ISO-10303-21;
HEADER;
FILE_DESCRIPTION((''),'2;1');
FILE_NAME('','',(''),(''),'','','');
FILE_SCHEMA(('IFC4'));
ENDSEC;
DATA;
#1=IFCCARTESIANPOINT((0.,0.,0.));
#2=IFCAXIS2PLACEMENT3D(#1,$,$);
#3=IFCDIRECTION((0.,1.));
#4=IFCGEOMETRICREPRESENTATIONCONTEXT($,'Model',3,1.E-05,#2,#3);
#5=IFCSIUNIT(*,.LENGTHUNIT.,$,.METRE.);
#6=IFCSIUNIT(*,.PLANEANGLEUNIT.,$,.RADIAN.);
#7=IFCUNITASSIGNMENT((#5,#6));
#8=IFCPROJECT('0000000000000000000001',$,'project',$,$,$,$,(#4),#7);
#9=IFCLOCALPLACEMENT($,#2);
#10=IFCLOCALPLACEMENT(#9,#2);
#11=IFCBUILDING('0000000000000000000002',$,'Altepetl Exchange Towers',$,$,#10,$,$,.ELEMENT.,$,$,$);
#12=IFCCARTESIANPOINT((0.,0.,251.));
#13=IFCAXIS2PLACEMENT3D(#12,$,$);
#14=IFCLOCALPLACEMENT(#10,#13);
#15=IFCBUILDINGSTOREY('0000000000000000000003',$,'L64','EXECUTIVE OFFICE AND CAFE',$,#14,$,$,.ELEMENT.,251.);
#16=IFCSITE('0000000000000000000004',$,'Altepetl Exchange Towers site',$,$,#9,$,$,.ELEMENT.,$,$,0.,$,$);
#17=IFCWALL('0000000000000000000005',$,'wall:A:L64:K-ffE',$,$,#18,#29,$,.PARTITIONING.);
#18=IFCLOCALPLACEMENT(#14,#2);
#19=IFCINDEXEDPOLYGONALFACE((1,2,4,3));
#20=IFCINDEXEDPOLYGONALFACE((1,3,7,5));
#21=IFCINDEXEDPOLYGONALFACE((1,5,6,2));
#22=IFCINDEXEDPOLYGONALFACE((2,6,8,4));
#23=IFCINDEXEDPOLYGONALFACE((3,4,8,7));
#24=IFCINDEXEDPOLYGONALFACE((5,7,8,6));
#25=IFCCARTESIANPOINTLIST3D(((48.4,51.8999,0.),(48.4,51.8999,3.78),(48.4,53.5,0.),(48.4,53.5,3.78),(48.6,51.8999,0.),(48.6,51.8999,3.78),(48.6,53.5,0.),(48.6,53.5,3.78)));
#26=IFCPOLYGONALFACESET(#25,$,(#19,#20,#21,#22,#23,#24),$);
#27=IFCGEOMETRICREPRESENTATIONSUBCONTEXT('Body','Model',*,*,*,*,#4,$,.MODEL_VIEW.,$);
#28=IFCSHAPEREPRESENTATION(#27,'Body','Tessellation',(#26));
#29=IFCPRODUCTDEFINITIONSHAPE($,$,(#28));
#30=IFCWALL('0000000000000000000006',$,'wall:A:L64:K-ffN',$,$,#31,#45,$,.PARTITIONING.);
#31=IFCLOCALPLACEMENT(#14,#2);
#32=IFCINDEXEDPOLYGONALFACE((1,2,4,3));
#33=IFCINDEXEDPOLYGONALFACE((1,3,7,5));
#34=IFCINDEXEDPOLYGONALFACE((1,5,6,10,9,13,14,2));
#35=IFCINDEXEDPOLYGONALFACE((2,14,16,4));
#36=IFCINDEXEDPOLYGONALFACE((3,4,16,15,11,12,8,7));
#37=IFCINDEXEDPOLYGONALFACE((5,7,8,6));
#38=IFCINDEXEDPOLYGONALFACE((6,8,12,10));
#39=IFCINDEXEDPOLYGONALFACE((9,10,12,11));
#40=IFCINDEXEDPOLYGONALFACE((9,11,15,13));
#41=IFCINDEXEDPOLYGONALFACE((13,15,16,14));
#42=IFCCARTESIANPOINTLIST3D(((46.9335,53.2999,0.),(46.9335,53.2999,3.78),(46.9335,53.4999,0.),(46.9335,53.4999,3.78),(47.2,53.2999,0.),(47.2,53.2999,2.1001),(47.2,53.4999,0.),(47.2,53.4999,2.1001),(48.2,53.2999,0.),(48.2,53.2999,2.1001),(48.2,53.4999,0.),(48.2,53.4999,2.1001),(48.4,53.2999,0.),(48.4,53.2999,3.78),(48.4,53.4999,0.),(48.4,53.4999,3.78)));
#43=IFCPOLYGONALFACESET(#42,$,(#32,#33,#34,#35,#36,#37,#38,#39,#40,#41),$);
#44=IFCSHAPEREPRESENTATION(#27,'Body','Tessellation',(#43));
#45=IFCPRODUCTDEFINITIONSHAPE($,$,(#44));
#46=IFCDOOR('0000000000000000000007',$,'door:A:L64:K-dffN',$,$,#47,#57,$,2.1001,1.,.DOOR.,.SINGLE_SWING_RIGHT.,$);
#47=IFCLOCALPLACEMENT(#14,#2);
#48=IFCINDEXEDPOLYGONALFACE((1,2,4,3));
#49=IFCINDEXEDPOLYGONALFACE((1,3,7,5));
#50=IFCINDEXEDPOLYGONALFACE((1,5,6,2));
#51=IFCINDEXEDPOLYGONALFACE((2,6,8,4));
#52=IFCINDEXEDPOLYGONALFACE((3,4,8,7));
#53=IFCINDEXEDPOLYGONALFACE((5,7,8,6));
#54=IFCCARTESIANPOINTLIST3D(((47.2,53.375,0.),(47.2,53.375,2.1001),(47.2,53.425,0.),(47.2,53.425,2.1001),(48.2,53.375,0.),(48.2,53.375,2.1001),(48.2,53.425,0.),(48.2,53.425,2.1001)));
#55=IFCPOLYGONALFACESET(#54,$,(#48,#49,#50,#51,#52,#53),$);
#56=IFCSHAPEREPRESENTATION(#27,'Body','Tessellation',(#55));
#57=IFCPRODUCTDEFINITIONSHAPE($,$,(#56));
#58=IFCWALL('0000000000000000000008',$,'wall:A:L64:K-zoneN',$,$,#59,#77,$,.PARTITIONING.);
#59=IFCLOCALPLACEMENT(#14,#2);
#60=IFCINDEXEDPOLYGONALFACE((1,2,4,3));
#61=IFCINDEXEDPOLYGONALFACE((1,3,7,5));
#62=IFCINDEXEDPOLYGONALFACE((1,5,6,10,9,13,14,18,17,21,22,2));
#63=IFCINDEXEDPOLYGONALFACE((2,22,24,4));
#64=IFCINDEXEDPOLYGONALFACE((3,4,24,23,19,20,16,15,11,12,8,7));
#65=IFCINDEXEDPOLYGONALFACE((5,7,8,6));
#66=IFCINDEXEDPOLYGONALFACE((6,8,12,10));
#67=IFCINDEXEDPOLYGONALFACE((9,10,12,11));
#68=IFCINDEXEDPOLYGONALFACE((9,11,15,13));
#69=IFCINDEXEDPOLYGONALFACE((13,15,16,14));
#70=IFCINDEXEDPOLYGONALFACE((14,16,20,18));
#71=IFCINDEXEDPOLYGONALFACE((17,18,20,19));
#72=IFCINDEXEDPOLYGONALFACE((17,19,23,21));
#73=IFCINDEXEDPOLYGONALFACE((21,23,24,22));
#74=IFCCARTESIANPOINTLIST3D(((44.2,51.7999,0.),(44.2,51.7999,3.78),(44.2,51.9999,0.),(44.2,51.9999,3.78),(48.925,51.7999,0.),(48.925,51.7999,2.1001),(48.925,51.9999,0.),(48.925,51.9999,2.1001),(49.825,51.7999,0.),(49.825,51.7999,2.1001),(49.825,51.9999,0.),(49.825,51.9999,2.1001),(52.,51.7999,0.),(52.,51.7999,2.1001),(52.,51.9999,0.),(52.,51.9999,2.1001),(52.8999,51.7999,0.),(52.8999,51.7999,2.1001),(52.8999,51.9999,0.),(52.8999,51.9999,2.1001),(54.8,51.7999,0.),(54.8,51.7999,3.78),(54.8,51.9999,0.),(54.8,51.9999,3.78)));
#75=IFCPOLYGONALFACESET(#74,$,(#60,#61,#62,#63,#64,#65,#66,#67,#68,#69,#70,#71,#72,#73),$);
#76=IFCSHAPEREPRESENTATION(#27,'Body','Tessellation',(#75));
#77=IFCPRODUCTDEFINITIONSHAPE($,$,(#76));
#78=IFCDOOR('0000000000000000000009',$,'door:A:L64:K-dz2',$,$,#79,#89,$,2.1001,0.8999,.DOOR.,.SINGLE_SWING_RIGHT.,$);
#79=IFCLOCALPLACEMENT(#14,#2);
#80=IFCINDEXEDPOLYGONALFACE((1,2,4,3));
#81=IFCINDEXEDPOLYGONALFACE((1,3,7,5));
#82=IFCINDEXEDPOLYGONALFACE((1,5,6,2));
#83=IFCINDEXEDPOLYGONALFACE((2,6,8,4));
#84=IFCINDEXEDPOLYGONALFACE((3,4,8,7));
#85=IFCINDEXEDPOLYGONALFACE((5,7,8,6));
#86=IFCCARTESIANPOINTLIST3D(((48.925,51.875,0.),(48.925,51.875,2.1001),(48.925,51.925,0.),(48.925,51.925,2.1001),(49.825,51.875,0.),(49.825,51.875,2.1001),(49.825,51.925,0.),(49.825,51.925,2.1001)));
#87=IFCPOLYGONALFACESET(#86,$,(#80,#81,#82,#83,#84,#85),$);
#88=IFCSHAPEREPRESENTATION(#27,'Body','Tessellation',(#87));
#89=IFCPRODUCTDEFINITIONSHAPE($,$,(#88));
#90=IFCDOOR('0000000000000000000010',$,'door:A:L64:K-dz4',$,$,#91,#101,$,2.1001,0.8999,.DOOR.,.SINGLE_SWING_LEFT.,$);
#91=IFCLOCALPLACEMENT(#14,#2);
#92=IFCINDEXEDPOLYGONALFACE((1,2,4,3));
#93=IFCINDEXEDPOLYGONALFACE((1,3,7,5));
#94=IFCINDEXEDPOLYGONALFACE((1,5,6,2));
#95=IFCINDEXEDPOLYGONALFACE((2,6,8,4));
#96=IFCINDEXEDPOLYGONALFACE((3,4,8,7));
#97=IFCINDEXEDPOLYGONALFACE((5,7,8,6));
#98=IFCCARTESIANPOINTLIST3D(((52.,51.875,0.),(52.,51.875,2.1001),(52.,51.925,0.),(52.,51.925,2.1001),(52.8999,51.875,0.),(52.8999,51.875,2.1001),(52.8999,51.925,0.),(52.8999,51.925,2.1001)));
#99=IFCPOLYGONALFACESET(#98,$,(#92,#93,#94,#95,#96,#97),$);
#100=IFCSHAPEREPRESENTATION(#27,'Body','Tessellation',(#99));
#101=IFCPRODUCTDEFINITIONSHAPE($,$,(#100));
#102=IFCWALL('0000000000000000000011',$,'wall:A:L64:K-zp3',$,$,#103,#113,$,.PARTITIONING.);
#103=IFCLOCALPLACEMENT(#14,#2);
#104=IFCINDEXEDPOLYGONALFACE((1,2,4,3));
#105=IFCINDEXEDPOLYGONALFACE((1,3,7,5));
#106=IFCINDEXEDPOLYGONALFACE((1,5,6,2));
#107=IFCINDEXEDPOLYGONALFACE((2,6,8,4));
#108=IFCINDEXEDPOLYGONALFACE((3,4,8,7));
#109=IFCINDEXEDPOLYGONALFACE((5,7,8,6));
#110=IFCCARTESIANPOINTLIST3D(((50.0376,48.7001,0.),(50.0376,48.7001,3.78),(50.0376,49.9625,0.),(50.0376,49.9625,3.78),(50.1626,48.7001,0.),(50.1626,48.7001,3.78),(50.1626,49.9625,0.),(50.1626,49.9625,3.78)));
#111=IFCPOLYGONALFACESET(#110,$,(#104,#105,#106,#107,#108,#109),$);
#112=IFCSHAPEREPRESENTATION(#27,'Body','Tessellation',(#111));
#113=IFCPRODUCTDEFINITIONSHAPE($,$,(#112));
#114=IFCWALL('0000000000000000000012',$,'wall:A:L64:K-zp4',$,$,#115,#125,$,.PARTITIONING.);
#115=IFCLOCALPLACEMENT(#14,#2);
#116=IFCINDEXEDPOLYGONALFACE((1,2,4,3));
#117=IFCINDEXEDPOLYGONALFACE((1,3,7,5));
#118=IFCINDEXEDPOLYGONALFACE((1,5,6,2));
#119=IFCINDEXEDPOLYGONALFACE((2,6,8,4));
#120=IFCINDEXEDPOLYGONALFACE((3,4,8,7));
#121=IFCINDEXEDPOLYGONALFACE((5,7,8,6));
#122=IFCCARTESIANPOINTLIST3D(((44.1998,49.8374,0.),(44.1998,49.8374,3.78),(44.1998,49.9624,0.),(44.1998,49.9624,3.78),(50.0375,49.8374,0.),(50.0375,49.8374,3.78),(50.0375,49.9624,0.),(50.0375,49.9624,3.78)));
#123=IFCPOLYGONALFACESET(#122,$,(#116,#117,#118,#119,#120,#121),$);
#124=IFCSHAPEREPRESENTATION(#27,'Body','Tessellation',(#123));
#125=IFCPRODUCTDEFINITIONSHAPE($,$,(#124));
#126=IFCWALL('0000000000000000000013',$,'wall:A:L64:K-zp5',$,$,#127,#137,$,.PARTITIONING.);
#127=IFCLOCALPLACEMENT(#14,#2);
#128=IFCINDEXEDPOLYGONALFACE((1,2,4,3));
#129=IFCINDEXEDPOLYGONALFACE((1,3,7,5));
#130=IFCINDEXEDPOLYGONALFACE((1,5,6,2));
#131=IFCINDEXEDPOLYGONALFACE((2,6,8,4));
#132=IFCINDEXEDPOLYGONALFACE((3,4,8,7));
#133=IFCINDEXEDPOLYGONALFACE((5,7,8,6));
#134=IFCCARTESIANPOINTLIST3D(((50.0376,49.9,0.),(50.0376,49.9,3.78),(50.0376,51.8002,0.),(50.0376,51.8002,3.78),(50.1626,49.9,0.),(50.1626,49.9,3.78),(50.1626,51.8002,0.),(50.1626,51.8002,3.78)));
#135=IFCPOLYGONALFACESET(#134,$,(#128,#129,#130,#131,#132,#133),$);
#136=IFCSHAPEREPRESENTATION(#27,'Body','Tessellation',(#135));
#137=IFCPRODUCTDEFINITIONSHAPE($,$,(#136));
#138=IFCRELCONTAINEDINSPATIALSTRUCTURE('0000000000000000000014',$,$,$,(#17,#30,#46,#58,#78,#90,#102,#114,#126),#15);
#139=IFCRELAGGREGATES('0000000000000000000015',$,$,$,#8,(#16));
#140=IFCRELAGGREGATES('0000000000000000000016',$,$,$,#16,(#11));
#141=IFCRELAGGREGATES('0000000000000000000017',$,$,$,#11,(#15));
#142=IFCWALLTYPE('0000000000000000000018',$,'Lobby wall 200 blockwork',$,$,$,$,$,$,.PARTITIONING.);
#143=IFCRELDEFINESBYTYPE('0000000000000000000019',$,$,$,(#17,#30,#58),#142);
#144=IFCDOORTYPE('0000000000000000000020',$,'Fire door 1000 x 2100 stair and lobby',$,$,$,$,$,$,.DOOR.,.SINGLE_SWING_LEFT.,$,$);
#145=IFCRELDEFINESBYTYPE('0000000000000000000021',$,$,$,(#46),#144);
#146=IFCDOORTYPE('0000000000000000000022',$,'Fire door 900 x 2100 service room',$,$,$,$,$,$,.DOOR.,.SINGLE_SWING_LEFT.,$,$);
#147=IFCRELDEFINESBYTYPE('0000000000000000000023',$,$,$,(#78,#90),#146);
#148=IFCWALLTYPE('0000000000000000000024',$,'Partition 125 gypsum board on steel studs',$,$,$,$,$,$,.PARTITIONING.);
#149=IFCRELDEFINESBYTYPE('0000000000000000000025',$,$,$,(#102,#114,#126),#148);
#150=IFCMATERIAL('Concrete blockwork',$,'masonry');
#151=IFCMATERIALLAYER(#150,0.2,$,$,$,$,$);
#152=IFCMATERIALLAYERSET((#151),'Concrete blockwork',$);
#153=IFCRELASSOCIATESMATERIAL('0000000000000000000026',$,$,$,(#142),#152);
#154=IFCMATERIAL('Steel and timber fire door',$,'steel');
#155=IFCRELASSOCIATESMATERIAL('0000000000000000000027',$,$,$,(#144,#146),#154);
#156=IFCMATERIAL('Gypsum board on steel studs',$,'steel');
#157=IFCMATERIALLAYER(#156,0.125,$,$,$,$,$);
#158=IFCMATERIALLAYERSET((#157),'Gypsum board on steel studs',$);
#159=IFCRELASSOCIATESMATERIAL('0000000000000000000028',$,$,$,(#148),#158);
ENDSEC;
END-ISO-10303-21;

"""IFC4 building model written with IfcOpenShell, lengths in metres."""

from ifc_helpers import new_model, si_unit, direction, frame, frame_2d, origin, place, context, subcontext, project, spatial, rectangle, extrude, material, layer, layer_set, type_object, element, fill, save


model = new_model("IFC4")

# Units and contexts
model_context = context("Model", 3, precision=1e-05, world=origin(), true_north=direction((0.0, 1.0)))
body_context = subcontext(model_context, "Body", "Model", "MODEL_VIEW")
ifc_project = project(units=[si_unit("LENGTHUNIT", "METRE"), si_unit("PLANEANGLEUNIT", "RADIAN")], contexts=[model_context])

# Site, building, storey
site_placement = place(None, origin())
site = spatial("IfcSite", under=ifc_project, at=site_placement, Name="Altepetl Exchange Towers site", CompositionType="ELEMENT", RefElevation=0.0)
building_placement = place(site_placement, origin())
building = spatial("IfcBuilding", under=site, at=building_placement, Name="Altepetl Exchange Towers", CompositionType="ELEMENT")
storey_placement = place(building_placement, frame((0.0, 0.0, 251.0)))
storey = spatial("IfcBuildingStorey", under=building, at=storey_placement, Name="L64", Description="EXECUTIVE OFFICE AND CAFE", CompositionType="ELEMENT", Elevation=251.0)

# Wall
ifc_material_1 = material(Name="Concrete blockwork", Category="masonry")
ifc_layer_1 = layer(ifc_material_1, 0.2)
ifc_layer_set_1 = layer_set([ifc_layer_1], Name="Concrete blockwork")
wall_type_1 = type_object("IfcWallType", Name="Lobby wall 200 blockwork", PredefinedType="PARTITIONING", material=ifc_layer_set_1)
wall_1_placement = place(storey_placement, frame((48.5, 51.8999, 0.0), z_axis=(0.0, 0.0, 1.0), x_axis=(0.0, 1.0, 0.0)))
element("IfcWall", 1, at=wall_1_placement, inside=storey, type_object=wall_type_1, Name="wall:A:L64:K-ffE", PredefinedType="PARTITIONING", context=body_context, shape_type="SweptSolid", body=[
    extrude(rectangle(XDim=1.6001, YDim=0.2, at=frame_2d((0.8, 0.0))), origin(), (0.0, 0.0, 1.0), 3.78),
])

# Wall, opening, door
wall_2_placement = place(storey_placement, frame((46.9333, 53.3999, 0.0)))
wall_2 = element("IfcWall", 2, at=wall_2_placement, inside=storey, type_object=wall_type_1, Name="wall:A:L64:K-ffN", PredefinedType="PARTITIONING", context=body_context, shape_type="SweptSolid", body=[
    extrude(rectangle(XDim=1.4666, YDim=0.2, at=frame_2d((0.7334, 0.0))), origin(), (0.0, 0.0, 1.0), 3.78),
])
opening_1_placement = place(wall_2_placement, frame((0.2666, 0.0, 0.0)))
opening_1 = element("IfcOpeningElement", 3, at=opening_1_placement, cuts=wall_2, PredefinedType="OPENING", context=body_context, shape_type="SweptSolid", body=[
    extrude(rectangle(XDim=1.0, YDim=2.1001, at=frame_2d((0.5, 1.05))), frame((0.0, 0.1099, 0.0), z_axis=(0.0, -1.0, 0.0), x_axis=(1.0, 0.0, 0.0)), (0.0, 0.0, 1.0), 0.22),
])
ifc_material_2 = material(Name="Steel and timber fire door", Category="steel")
door_type_1 = type_object("IfcDoorType", Name="Fire door 1000 x 2100 stair and lobby", OperationType="SINGLE_SWING_LEFT", PredefinedType="DOOR", material=ifc_material_2)
door_1_placement = place(opening_1_placement, frame((1.0, 0.0, 0.0), x_axis=(-1.0, 0.0, 0.0)))
door_1 = element("IfcDoor", 4, at=door_1_placement, inside=storey, type_object=door_type_1, Name="door:A:L64:K-dffN", OperationType="SINGLE_SWING_RIGHT", OverallHeight=2.1001, OverallWidth=1.0, PredefinedType="DOOR", context=body_context, shape_type="SweptSolid", body=[
    extrude(rectangle(XDim=1.0, YDim=2.1001, at=frame_2d((0.5, 1.05))), frame((0.0, 0.0249, 0.0), z_axis=(0.0, -1.0, 0.0), x_axis=(1.0, 0.0, 0.0)), (0.0, 0.0, 1.0), 0.05),
])
fill(opening_1, door_1)

# Wall, openings, doors
wall_3_placement = place(storey_placement, frame((44.2, 51.8999, 0.0)))
wall_3 = element("IfcWall", 5, at=wall_3_placement, inside=storey, type_object=wall_type_1, Name="wall:A:L64:K-zoneN", PredefinedType="PARTITIONING", context=body_context, shape_type="SweptSolid", body=[
    extrude(rectangle(XDim=10.6001, YDim=0.2, at=frame_2d((5.3, 0.0))), origin(), (0.0, 0.0, 1.0), 3.78),
])
opening_2_placement = place(wall_3_placement, frame((4.7251, 0.0, 0.0)))
opening_2 = element("IfcOpeningElement", 6, at=opening_2_placement, cuts=wall_3, PredefinedType="OPENING", context=body_context, shape_type="SweptSolid", body=[
    extrude(rectangle(XDim=0.8999, YDim=2.1001, at=frame_2d((0.45, 1.05))), frame((0.0, 0.1099, 0.0), z_axis=(0.0, -1.0, 0.0), x_axis=(1.0, 0.0, 0.0)), (0.0, 0.0, 1.0), 0.22),
])
opening_3_placement = place(wall_3_placement, frame((7.8, 0.0, 0.0)))
opening_3 = element("IfcOpeningElement", 7, at=opening_3_placement, cuts=wall_3, PredefinedType="OPENING", context=body_context, shape_type="SweptSolid", body=[
    extrude(rectangle(XDim=0.8999, YDim=2.1001, at=frame_2d((0.45, 1.05))), frame((0.0, 0.1099, 0.0), z_axis=(0.0, -1.0, 0.0), x_axis=(1.0, 0.0, 0.0)), (0.0, 0.0, 1.0), 0.22),
])
door_type_2 = type_object("IfcDoorType", Name="Fire door 900 x 2100 service room", OperationType="SINGLE_SWING_LEFT", PredefinedType="DOOR", material=ifc_material_2)
door_2_placement = place(opening_2_placement, frame((0.8999, 0.0, 0.0), x_axis=(-1.0, 0.0, 0.0)))
door_2 = element("IfcDoor", 8, at=door_2_placement, inside=storey, type_object=door_type_2, Name="door:A:L64:K-dz2", OperationType="SINGLE_SWING_RIGHT", OverallHeight=2.1001, OverallWidth=0.8999, PredefinedType="DOOR", context=body_context, shape_type="SweptSolid", body=[
    extrude(rectangle(XDim=0.8999, YDim=2.1001, at=frame_2d((0.45, 1.05))), frame((0.0, 0.0249, 0.0), z_axis=(0.0, -1.0, 0.0), x_axis=(1.0, 0.0, 0.0)), (0.0, 0.0, 1.0), 0.05),
])
fill(opening_2, door_2)
door_3_placement = place(opening_3_placement, frame((0.8999, 0.0, 0.0), x_axis=(-1.0, 0.0, 0.0)))
door_3 = element("IfcDoor", 9, at=door_3_placement, inside=storey, type_object=door_type_2, Name="door:A:L64:K-dz4", OperationType="SINGLE_SWING_LEFT", OverallHeight=2.1001, OverallWidth=0.8999, PredefinedType="DOOR", context=body_context, shape_type="SweptSolid", body=[
    extrude(rectangle(XDim=0.8999, YDim=2.1001, at=frame_2d((0.45, 1.05))), frame((0.0, 0.0249, 0.0), z_axis=(0.0, -1.0, 0.0), x_axis=(1.0, 0.0, 0.0)), (0.0, 0.0, 1.0), 0.05),
])
fill(opening_3, door_3)

# Walls
ifc_material_3 = material(Name="Gypsum board on steel studs", Category="steel")
ifc_layer_2 = layer(ifc_material_3, 0.125)
ifc_layer_set_2 = layer_set([ifc_layer_2], Name="Gypsum board on steel studs")
wall_type_2 = type_object("IfcWallType", Name="Partition 125 gypsum board on steel studs", PredefinedType="PARTITIONING", material=ifc_layer_set_2)
wall_4_placement = place(storey_placement, frame((50.1001, 48.7, 0.0), z_axis=(0.0, 0.0, 1.0), x_axis=(0.0, 1.0, 0.0)))
element("IfcWall", 10, at=wall_4_placement, inside=storey, type_object=wall_type_2, Name="wall:A:L64:K-zp3", PredefinedType="PARTITIONING", context=body_context, shape_type="SweptSolid", body=[
    extrude(rectangle(XDim=1.2625, YDim=0.125, at=frame_2d((0.6313, 0.0))), origin(), (0.0, 0.0, 1.0), 3.78),
])
wall_5_placement = place(storey_placement, frame((50.0376, 49.8999, 0.0), z_axis=(0.0, 0.0, 1.0), x_axis=(-1.0, 0.0, 0.0)))
element("IfcWall", 11, at=wall_5_placement, inside=storey, type_object=wall_type_2, Name="wall:A:L64:K-zp4", PredefinedType="PARTITIONING", context=body_context, shape_type="SweptSolid", body=[
    extrude(rectangle(XDim=5.8376, YDim=0.125, at=frame_2d((2.9189, 0.0))), origin(), (0.0, 0.0, 1.0), 3.78),
])
wall_6_placement = place(storey_placement, frame((50.1001, 49.8999, 0.0), z_axis=(0.0, 0.0, 1.0), x_axis=(0.0, 1.0, 0.0)))
element("IfcWall", 12, at=wall_6_placement, inside=storey, type_object=wall_type_2, Name="wall:A:L64:K-zp5", PredefinedType="PARTITIONING", context=body_context, shape_type="SweptSolid", body=[
    extrude(rectangle(XDim=1.9001, YDim=0.125, at=frame_2d((0.9502, 0.0))), origin(), (0.0, 0.0, 1.0), 3.78),
])

save(model, "model.ifc")
